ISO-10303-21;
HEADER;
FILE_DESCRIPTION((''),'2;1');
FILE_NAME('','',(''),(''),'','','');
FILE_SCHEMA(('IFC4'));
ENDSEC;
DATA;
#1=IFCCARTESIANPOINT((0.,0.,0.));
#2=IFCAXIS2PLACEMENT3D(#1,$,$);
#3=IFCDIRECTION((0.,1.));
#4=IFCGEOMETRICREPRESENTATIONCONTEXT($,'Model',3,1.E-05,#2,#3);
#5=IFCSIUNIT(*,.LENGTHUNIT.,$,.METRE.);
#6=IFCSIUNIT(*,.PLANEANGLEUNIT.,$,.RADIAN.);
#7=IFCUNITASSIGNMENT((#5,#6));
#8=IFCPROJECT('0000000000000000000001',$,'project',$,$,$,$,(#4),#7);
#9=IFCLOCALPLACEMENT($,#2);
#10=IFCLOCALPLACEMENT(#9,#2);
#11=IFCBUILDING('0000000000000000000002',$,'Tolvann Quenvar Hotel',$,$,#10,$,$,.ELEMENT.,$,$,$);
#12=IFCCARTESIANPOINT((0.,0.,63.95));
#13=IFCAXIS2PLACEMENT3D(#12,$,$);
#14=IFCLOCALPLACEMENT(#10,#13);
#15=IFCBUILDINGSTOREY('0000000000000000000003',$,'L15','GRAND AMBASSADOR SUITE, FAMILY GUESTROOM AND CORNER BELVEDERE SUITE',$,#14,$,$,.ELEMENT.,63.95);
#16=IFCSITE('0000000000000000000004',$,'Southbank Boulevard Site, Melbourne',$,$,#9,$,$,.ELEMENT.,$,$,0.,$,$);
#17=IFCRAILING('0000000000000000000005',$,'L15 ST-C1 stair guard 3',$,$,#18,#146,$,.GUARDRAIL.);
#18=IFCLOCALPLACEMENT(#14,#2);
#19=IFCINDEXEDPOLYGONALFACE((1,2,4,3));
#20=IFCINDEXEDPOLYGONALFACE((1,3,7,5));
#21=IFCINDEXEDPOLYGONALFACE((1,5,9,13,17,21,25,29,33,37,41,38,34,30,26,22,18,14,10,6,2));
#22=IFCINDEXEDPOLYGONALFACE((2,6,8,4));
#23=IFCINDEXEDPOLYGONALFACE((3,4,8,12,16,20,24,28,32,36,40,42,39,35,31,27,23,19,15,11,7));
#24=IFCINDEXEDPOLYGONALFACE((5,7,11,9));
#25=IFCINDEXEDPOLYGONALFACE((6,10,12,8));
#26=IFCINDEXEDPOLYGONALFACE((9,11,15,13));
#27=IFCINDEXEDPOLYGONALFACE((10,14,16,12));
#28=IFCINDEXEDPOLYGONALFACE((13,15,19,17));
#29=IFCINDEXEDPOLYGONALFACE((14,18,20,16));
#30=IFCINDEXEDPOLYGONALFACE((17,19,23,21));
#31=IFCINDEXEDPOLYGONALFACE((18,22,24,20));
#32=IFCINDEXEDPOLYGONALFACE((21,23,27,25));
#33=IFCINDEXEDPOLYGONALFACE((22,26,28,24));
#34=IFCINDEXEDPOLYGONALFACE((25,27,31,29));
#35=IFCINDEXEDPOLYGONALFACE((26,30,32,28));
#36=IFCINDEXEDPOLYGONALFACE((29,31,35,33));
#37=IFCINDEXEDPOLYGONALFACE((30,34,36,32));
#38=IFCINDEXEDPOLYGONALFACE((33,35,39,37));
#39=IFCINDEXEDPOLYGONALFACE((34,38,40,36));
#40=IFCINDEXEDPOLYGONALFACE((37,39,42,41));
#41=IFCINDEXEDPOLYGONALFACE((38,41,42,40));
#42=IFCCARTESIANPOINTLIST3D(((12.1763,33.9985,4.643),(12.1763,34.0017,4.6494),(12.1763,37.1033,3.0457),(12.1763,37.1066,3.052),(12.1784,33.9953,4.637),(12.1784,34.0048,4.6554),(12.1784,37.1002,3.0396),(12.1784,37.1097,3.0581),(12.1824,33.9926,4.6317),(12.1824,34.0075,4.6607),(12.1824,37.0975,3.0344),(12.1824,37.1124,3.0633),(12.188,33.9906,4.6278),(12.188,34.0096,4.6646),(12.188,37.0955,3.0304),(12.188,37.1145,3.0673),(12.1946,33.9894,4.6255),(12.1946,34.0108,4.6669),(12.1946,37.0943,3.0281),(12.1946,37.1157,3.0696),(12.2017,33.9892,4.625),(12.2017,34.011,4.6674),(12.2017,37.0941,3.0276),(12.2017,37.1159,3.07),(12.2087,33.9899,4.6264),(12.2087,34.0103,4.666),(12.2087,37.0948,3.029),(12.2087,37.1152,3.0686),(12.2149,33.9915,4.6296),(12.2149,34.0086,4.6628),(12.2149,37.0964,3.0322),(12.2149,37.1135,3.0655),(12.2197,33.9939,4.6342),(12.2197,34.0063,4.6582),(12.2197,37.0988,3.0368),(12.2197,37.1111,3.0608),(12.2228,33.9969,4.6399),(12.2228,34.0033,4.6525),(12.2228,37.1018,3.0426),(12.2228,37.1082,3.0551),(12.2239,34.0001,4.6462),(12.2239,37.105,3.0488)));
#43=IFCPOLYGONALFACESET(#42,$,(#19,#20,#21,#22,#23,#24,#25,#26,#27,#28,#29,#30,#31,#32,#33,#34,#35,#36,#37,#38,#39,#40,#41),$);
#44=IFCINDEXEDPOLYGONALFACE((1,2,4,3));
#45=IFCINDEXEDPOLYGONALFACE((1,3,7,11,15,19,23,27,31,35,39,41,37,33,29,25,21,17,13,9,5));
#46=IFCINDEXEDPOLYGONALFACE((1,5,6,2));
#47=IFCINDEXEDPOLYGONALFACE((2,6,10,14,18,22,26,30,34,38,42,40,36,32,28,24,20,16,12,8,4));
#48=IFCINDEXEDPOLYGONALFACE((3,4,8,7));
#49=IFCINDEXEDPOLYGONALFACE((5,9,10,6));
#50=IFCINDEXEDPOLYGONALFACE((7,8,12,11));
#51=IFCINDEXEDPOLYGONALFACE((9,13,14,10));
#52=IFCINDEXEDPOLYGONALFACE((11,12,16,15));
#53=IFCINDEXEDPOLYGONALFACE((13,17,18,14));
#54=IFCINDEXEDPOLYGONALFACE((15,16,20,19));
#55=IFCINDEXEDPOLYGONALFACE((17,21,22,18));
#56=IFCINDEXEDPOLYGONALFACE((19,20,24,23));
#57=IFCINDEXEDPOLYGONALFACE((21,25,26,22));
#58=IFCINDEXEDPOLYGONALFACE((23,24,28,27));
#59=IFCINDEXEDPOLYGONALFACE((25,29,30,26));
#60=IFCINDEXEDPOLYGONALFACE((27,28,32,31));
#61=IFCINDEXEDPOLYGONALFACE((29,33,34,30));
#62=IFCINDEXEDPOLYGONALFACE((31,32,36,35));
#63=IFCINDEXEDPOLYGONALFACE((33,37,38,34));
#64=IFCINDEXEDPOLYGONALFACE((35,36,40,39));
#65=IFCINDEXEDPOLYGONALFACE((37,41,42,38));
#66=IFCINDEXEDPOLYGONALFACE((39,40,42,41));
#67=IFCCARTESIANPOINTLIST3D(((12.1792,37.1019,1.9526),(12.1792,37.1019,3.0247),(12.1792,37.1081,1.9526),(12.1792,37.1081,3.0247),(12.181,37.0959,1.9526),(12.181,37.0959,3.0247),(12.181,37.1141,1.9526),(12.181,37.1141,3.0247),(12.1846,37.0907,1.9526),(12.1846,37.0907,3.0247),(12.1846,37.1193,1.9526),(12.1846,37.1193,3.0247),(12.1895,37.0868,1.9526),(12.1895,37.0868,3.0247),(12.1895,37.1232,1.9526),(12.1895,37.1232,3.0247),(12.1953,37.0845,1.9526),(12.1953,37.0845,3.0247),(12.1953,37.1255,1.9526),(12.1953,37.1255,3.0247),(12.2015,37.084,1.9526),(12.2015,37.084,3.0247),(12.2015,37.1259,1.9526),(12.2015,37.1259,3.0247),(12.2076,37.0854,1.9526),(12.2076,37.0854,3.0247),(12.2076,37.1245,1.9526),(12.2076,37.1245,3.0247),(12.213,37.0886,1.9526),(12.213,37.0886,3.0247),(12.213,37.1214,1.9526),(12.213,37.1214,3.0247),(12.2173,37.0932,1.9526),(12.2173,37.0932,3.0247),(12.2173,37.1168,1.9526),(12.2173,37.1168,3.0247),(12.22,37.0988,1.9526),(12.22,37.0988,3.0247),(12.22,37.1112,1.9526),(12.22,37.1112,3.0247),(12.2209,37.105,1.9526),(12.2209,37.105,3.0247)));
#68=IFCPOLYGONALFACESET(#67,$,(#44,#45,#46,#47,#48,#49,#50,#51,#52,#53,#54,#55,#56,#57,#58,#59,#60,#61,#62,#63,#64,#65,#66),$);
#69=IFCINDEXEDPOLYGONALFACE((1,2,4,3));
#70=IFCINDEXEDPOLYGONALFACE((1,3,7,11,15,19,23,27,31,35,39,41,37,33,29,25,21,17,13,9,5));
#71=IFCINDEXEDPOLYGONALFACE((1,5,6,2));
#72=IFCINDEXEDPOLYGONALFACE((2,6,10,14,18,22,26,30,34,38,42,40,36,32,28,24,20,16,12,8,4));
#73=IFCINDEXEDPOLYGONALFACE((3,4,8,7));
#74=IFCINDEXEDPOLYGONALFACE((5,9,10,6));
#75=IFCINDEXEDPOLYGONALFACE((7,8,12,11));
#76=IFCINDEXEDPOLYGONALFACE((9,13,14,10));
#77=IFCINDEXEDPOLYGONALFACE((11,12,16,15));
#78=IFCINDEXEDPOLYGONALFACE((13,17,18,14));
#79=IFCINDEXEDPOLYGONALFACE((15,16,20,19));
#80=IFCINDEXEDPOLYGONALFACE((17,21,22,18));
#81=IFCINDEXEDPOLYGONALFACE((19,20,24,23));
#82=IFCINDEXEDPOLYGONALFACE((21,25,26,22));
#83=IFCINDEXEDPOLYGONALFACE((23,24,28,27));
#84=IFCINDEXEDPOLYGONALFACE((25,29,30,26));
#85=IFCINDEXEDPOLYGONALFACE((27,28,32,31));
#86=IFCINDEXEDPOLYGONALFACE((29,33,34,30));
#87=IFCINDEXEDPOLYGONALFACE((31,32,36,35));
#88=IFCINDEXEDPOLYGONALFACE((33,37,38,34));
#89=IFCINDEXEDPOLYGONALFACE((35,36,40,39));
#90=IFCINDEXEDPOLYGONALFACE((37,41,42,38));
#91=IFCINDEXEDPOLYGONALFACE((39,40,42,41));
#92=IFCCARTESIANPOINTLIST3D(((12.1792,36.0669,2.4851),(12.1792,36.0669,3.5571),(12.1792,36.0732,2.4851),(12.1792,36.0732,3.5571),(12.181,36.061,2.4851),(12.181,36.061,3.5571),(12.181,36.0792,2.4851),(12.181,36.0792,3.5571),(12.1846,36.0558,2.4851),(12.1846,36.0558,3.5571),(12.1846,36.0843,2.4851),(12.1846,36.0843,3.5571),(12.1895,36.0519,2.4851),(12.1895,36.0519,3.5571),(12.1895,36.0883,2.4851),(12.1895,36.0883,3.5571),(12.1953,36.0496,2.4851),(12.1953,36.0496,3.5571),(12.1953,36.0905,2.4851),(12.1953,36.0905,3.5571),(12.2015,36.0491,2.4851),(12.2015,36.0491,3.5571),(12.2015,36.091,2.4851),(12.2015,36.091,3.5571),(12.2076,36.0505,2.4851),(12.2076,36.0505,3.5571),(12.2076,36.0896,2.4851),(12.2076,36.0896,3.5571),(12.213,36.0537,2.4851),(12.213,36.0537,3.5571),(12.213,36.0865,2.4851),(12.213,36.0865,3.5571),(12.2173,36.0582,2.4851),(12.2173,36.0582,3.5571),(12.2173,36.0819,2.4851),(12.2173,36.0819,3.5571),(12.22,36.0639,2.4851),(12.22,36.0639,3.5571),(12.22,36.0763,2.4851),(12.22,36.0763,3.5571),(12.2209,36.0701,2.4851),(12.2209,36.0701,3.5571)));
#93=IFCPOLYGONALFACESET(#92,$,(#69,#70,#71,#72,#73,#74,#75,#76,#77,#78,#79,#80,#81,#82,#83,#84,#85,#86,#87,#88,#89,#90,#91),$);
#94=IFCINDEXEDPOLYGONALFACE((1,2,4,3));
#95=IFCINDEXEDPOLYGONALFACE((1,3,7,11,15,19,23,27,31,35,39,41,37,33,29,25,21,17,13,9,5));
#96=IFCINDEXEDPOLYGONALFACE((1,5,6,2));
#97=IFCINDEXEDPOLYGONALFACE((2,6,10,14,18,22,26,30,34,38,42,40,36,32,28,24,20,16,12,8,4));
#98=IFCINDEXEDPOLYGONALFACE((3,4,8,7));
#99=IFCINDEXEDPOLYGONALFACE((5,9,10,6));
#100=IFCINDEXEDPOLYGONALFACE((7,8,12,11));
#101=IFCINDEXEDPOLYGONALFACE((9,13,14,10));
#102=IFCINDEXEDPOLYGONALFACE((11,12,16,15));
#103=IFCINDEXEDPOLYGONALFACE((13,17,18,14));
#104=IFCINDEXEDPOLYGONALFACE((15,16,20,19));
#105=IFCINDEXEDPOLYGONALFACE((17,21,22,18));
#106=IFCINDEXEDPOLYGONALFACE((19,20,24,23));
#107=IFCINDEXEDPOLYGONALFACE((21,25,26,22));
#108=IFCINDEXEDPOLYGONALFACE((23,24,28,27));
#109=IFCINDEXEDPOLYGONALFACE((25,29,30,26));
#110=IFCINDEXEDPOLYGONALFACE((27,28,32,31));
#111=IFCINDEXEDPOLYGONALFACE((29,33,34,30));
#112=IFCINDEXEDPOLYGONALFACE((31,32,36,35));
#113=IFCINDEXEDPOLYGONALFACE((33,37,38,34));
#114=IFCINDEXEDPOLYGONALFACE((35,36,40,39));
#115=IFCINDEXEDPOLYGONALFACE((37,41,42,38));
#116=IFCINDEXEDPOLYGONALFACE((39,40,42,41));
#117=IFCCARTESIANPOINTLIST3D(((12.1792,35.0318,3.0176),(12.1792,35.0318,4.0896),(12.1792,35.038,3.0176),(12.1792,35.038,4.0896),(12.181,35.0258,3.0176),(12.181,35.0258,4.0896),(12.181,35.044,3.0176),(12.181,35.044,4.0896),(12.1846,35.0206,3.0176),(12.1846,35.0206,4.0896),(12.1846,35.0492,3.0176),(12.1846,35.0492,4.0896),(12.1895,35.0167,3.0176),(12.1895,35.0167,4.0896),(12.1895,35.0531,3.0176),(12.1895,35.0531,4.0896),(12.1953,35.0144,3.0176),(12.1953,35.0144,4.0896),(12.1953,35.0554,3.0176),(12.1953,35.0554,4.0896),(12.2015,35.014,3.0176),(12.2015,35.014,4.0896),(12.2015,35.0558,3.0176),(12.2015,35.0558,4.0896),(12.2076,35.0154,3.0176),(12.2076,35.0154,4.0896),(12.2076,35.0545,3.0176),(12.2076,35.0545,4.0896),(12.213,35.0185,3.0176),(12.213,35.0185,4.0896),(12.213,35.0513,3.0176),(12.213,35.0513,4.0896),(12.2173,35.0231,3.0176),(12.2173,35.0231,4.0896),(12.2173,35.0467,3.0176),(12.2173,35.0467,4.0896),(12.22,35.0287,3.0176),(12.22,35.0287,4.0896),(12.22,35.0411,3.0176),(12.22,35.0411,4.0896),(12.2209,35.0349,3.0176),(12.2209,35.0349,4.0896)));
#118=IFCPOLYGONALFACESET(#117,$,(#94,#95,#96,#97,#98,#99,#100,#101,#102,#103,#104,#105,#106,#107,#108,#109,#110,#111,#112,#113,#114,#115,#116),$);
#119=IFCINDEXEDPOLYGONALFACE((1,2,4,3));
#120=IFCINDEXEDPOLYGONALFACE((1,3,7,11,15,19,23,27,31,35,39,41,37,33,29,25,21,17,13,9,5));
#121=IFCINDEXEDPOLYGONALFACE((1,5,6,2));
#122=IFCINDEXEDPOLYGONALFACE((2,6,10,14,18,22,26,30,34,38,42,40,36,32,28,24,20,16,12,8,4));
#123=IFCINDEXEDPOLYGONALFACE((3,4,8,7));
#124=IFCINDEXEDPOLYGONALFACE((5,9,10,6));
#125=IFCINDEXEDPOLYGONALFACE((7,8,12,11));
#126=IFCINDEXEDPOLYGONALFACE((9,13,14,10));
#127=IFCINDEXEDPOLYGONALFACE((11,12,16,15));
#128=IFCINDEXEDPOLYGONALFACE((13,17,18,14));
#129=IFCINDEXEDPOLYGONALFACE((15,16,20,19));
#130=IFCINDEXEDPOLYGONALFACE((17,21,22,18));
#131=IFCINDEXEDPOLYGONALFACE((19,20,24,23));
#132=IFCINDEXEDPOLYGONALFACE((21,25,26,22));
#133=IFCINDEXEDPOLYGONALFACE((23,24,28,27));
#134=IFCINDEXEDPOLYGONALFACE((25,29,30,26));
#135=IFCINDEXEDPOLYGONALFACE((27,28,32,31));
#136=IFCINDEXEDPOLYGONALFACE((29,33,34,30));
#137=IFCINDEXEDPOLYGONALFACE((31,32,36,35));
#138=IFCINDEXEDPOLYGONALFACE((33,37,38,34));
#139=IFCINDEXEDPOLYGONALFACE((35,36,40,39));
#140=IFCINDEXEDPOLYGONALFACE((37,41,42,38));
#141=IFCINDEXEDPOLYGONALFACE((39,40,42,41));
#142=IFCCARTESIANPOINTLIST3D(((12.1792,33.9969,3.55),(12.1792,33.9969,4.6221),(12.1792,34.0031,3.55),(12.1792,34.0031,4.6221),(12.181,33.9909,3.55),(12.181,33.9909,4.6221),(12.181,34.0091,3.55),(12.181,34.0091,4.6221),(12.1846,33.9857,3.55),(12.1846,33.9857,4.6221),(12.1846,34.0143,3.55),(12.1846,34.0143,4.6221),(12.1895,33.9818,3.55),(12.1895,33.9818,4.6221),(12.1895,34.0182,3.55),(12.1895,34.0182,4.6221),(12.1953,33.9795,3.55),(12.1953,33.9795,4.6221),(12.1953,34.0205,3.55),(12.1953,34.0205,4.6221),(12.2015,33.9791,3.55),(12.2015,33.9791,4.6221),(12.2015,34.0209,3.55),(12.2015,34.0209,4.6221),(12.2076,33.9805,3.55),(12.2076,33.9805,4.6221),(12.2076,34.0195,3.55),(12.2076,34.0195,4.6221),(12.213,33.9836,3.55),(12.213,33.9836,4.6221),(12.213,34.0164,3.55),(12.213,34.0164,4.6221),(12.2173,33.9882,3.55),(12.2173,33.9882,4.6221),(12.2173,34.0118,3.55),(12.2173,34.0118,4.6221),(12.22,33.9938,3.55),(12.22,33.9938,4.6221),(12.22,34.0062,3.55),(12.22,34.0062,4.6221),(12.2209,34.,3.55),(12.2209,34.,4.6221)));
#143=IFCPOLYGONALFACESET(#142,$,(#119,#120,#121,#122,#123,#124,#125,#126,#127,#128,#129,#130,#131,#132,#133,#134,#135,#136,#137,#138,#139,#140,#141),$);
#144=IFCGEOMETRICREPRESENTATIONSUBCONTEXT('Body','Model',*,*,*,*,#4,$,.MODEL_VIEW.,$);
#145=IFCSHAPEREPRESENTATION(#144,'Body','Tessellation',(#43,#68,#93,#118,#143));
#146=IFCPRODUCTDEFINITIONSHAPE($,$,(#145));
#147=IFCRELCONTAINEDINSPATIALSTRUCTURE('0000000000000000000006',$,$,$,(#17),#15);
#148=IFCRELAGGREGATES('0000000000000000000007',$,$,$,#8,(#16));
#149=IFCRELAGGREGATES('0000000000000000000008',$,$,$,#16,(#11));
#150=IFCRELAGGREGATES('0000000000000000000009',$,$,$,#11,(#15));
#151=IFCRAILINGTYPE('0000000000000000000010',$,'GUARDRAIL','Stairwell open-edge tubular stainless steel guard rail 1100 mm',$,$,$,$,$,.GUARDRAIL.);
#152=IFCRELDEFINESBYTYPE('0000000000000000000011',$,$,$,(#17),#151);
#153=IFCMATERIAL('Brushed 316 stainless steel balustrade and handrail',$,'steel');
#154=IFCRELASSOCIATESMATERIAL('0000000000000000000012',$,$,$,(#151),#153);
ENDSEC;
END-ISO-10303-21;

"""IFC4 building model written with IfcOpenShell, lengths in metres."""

from ifc_helpers import new_model, si_unit, direction, frame, origin, origin_2d, place, context, subcontext, project, spatial, circle, extrude, material, type_object, element, save


model = new_model("IFC4")

# Units and contexts
model_context = context("Model", 3, precision=1e-05, world=origin(), true_north=direction((0.0, 1.0)))
body_context = subcontext(model_context, "Body", "Model", "MODEL_VIEW")
ifc_project = project(units=[si_unit("LENGTHUNIT", "METRE"), si_unit("PLANEANGLEUNIT", "RADIAN")], contexts=[model_context])

# Site, building, storey
site_placement = place(None, origin())
site = spatial("IfcSite", under=ifc_project, at=site_placement, Name="Southbank Boulevard Site, Melbourne", CompositionType="ELEMENT", RefElevation=0.0)
building_placement = place(site_placement, origin())
building = spatial("IfcBuilding", under=site, at=building_placement, Name="Tolvann Quenvar Hotel", CompositionType="ELEMENT")
storey_placement = place(building_placement, frame((0.0, 0.0, 63.95)))
storey = spatial("IfcBuildingStorey", under=building, at=storey_placement, Name="L15", Description="GRAND AMBASSADOR SUITE, FAMILY GUESTROOM AND CORNER BELVEDERE SUITE", CompositionType="ELEMENT", Elevation=63.95)

# Railing
ifc_material_1 = material(Name="Brushed 316 stainless steel balustrade and handrail", Category="steel")
railing_type_1 = type_object("IfcRailingType", Name="GUARDRAIL", Description="Stairwell open-edge tubular stainless steel guard rail 1100 mm", PredefinedType="GUARDRAIL", material=ifc_material_1)
railing_1_placement = place(storey_placement, frame((12.2, 37.105, 1.9526)))
element("IfcRailing", 1, at=railing_1_placement, inside=storey, type_object=railing_type_1, Name="L15 ST-C1 stair guard 3", PredefinedType="GUARDRAIL", context=body_context, shape_type="SweptSolid", body=[
    extrude(circle(Radius=0.0239, at=origin_2d()), frame((0.0, 0.0, 1.0962), z_axis=(0.0, -0.889222, 0.457476), x_axis=(1.0, 0.0, 0.0)), (0.0, 0.0, 1.0), 3.4917),
    extrude(circle(Radius=0.021, at=origin_2d()), origin(), (0.0, 0.0, 1.0), 1.072),
    extrude(circle(Radius=0.021, at=origin_2d()), frame((0.0, -1.0349, 0.5325)), (0.0, 0.0, 1.0), 1.072),
    extrude(circle(Radius=0.021, at=origin_2d()), frame((0.0, -2.0701, 1.0649)), (0.0, 0.0, 1.0), 1.072),
    extrude(circle(Radius=0.021, at=origin_2d()), frame((0.0, -3.105, 1.5974)), (0.0, 0.0, 1.0), 1.072),
])

save(model, "model.ifc")
